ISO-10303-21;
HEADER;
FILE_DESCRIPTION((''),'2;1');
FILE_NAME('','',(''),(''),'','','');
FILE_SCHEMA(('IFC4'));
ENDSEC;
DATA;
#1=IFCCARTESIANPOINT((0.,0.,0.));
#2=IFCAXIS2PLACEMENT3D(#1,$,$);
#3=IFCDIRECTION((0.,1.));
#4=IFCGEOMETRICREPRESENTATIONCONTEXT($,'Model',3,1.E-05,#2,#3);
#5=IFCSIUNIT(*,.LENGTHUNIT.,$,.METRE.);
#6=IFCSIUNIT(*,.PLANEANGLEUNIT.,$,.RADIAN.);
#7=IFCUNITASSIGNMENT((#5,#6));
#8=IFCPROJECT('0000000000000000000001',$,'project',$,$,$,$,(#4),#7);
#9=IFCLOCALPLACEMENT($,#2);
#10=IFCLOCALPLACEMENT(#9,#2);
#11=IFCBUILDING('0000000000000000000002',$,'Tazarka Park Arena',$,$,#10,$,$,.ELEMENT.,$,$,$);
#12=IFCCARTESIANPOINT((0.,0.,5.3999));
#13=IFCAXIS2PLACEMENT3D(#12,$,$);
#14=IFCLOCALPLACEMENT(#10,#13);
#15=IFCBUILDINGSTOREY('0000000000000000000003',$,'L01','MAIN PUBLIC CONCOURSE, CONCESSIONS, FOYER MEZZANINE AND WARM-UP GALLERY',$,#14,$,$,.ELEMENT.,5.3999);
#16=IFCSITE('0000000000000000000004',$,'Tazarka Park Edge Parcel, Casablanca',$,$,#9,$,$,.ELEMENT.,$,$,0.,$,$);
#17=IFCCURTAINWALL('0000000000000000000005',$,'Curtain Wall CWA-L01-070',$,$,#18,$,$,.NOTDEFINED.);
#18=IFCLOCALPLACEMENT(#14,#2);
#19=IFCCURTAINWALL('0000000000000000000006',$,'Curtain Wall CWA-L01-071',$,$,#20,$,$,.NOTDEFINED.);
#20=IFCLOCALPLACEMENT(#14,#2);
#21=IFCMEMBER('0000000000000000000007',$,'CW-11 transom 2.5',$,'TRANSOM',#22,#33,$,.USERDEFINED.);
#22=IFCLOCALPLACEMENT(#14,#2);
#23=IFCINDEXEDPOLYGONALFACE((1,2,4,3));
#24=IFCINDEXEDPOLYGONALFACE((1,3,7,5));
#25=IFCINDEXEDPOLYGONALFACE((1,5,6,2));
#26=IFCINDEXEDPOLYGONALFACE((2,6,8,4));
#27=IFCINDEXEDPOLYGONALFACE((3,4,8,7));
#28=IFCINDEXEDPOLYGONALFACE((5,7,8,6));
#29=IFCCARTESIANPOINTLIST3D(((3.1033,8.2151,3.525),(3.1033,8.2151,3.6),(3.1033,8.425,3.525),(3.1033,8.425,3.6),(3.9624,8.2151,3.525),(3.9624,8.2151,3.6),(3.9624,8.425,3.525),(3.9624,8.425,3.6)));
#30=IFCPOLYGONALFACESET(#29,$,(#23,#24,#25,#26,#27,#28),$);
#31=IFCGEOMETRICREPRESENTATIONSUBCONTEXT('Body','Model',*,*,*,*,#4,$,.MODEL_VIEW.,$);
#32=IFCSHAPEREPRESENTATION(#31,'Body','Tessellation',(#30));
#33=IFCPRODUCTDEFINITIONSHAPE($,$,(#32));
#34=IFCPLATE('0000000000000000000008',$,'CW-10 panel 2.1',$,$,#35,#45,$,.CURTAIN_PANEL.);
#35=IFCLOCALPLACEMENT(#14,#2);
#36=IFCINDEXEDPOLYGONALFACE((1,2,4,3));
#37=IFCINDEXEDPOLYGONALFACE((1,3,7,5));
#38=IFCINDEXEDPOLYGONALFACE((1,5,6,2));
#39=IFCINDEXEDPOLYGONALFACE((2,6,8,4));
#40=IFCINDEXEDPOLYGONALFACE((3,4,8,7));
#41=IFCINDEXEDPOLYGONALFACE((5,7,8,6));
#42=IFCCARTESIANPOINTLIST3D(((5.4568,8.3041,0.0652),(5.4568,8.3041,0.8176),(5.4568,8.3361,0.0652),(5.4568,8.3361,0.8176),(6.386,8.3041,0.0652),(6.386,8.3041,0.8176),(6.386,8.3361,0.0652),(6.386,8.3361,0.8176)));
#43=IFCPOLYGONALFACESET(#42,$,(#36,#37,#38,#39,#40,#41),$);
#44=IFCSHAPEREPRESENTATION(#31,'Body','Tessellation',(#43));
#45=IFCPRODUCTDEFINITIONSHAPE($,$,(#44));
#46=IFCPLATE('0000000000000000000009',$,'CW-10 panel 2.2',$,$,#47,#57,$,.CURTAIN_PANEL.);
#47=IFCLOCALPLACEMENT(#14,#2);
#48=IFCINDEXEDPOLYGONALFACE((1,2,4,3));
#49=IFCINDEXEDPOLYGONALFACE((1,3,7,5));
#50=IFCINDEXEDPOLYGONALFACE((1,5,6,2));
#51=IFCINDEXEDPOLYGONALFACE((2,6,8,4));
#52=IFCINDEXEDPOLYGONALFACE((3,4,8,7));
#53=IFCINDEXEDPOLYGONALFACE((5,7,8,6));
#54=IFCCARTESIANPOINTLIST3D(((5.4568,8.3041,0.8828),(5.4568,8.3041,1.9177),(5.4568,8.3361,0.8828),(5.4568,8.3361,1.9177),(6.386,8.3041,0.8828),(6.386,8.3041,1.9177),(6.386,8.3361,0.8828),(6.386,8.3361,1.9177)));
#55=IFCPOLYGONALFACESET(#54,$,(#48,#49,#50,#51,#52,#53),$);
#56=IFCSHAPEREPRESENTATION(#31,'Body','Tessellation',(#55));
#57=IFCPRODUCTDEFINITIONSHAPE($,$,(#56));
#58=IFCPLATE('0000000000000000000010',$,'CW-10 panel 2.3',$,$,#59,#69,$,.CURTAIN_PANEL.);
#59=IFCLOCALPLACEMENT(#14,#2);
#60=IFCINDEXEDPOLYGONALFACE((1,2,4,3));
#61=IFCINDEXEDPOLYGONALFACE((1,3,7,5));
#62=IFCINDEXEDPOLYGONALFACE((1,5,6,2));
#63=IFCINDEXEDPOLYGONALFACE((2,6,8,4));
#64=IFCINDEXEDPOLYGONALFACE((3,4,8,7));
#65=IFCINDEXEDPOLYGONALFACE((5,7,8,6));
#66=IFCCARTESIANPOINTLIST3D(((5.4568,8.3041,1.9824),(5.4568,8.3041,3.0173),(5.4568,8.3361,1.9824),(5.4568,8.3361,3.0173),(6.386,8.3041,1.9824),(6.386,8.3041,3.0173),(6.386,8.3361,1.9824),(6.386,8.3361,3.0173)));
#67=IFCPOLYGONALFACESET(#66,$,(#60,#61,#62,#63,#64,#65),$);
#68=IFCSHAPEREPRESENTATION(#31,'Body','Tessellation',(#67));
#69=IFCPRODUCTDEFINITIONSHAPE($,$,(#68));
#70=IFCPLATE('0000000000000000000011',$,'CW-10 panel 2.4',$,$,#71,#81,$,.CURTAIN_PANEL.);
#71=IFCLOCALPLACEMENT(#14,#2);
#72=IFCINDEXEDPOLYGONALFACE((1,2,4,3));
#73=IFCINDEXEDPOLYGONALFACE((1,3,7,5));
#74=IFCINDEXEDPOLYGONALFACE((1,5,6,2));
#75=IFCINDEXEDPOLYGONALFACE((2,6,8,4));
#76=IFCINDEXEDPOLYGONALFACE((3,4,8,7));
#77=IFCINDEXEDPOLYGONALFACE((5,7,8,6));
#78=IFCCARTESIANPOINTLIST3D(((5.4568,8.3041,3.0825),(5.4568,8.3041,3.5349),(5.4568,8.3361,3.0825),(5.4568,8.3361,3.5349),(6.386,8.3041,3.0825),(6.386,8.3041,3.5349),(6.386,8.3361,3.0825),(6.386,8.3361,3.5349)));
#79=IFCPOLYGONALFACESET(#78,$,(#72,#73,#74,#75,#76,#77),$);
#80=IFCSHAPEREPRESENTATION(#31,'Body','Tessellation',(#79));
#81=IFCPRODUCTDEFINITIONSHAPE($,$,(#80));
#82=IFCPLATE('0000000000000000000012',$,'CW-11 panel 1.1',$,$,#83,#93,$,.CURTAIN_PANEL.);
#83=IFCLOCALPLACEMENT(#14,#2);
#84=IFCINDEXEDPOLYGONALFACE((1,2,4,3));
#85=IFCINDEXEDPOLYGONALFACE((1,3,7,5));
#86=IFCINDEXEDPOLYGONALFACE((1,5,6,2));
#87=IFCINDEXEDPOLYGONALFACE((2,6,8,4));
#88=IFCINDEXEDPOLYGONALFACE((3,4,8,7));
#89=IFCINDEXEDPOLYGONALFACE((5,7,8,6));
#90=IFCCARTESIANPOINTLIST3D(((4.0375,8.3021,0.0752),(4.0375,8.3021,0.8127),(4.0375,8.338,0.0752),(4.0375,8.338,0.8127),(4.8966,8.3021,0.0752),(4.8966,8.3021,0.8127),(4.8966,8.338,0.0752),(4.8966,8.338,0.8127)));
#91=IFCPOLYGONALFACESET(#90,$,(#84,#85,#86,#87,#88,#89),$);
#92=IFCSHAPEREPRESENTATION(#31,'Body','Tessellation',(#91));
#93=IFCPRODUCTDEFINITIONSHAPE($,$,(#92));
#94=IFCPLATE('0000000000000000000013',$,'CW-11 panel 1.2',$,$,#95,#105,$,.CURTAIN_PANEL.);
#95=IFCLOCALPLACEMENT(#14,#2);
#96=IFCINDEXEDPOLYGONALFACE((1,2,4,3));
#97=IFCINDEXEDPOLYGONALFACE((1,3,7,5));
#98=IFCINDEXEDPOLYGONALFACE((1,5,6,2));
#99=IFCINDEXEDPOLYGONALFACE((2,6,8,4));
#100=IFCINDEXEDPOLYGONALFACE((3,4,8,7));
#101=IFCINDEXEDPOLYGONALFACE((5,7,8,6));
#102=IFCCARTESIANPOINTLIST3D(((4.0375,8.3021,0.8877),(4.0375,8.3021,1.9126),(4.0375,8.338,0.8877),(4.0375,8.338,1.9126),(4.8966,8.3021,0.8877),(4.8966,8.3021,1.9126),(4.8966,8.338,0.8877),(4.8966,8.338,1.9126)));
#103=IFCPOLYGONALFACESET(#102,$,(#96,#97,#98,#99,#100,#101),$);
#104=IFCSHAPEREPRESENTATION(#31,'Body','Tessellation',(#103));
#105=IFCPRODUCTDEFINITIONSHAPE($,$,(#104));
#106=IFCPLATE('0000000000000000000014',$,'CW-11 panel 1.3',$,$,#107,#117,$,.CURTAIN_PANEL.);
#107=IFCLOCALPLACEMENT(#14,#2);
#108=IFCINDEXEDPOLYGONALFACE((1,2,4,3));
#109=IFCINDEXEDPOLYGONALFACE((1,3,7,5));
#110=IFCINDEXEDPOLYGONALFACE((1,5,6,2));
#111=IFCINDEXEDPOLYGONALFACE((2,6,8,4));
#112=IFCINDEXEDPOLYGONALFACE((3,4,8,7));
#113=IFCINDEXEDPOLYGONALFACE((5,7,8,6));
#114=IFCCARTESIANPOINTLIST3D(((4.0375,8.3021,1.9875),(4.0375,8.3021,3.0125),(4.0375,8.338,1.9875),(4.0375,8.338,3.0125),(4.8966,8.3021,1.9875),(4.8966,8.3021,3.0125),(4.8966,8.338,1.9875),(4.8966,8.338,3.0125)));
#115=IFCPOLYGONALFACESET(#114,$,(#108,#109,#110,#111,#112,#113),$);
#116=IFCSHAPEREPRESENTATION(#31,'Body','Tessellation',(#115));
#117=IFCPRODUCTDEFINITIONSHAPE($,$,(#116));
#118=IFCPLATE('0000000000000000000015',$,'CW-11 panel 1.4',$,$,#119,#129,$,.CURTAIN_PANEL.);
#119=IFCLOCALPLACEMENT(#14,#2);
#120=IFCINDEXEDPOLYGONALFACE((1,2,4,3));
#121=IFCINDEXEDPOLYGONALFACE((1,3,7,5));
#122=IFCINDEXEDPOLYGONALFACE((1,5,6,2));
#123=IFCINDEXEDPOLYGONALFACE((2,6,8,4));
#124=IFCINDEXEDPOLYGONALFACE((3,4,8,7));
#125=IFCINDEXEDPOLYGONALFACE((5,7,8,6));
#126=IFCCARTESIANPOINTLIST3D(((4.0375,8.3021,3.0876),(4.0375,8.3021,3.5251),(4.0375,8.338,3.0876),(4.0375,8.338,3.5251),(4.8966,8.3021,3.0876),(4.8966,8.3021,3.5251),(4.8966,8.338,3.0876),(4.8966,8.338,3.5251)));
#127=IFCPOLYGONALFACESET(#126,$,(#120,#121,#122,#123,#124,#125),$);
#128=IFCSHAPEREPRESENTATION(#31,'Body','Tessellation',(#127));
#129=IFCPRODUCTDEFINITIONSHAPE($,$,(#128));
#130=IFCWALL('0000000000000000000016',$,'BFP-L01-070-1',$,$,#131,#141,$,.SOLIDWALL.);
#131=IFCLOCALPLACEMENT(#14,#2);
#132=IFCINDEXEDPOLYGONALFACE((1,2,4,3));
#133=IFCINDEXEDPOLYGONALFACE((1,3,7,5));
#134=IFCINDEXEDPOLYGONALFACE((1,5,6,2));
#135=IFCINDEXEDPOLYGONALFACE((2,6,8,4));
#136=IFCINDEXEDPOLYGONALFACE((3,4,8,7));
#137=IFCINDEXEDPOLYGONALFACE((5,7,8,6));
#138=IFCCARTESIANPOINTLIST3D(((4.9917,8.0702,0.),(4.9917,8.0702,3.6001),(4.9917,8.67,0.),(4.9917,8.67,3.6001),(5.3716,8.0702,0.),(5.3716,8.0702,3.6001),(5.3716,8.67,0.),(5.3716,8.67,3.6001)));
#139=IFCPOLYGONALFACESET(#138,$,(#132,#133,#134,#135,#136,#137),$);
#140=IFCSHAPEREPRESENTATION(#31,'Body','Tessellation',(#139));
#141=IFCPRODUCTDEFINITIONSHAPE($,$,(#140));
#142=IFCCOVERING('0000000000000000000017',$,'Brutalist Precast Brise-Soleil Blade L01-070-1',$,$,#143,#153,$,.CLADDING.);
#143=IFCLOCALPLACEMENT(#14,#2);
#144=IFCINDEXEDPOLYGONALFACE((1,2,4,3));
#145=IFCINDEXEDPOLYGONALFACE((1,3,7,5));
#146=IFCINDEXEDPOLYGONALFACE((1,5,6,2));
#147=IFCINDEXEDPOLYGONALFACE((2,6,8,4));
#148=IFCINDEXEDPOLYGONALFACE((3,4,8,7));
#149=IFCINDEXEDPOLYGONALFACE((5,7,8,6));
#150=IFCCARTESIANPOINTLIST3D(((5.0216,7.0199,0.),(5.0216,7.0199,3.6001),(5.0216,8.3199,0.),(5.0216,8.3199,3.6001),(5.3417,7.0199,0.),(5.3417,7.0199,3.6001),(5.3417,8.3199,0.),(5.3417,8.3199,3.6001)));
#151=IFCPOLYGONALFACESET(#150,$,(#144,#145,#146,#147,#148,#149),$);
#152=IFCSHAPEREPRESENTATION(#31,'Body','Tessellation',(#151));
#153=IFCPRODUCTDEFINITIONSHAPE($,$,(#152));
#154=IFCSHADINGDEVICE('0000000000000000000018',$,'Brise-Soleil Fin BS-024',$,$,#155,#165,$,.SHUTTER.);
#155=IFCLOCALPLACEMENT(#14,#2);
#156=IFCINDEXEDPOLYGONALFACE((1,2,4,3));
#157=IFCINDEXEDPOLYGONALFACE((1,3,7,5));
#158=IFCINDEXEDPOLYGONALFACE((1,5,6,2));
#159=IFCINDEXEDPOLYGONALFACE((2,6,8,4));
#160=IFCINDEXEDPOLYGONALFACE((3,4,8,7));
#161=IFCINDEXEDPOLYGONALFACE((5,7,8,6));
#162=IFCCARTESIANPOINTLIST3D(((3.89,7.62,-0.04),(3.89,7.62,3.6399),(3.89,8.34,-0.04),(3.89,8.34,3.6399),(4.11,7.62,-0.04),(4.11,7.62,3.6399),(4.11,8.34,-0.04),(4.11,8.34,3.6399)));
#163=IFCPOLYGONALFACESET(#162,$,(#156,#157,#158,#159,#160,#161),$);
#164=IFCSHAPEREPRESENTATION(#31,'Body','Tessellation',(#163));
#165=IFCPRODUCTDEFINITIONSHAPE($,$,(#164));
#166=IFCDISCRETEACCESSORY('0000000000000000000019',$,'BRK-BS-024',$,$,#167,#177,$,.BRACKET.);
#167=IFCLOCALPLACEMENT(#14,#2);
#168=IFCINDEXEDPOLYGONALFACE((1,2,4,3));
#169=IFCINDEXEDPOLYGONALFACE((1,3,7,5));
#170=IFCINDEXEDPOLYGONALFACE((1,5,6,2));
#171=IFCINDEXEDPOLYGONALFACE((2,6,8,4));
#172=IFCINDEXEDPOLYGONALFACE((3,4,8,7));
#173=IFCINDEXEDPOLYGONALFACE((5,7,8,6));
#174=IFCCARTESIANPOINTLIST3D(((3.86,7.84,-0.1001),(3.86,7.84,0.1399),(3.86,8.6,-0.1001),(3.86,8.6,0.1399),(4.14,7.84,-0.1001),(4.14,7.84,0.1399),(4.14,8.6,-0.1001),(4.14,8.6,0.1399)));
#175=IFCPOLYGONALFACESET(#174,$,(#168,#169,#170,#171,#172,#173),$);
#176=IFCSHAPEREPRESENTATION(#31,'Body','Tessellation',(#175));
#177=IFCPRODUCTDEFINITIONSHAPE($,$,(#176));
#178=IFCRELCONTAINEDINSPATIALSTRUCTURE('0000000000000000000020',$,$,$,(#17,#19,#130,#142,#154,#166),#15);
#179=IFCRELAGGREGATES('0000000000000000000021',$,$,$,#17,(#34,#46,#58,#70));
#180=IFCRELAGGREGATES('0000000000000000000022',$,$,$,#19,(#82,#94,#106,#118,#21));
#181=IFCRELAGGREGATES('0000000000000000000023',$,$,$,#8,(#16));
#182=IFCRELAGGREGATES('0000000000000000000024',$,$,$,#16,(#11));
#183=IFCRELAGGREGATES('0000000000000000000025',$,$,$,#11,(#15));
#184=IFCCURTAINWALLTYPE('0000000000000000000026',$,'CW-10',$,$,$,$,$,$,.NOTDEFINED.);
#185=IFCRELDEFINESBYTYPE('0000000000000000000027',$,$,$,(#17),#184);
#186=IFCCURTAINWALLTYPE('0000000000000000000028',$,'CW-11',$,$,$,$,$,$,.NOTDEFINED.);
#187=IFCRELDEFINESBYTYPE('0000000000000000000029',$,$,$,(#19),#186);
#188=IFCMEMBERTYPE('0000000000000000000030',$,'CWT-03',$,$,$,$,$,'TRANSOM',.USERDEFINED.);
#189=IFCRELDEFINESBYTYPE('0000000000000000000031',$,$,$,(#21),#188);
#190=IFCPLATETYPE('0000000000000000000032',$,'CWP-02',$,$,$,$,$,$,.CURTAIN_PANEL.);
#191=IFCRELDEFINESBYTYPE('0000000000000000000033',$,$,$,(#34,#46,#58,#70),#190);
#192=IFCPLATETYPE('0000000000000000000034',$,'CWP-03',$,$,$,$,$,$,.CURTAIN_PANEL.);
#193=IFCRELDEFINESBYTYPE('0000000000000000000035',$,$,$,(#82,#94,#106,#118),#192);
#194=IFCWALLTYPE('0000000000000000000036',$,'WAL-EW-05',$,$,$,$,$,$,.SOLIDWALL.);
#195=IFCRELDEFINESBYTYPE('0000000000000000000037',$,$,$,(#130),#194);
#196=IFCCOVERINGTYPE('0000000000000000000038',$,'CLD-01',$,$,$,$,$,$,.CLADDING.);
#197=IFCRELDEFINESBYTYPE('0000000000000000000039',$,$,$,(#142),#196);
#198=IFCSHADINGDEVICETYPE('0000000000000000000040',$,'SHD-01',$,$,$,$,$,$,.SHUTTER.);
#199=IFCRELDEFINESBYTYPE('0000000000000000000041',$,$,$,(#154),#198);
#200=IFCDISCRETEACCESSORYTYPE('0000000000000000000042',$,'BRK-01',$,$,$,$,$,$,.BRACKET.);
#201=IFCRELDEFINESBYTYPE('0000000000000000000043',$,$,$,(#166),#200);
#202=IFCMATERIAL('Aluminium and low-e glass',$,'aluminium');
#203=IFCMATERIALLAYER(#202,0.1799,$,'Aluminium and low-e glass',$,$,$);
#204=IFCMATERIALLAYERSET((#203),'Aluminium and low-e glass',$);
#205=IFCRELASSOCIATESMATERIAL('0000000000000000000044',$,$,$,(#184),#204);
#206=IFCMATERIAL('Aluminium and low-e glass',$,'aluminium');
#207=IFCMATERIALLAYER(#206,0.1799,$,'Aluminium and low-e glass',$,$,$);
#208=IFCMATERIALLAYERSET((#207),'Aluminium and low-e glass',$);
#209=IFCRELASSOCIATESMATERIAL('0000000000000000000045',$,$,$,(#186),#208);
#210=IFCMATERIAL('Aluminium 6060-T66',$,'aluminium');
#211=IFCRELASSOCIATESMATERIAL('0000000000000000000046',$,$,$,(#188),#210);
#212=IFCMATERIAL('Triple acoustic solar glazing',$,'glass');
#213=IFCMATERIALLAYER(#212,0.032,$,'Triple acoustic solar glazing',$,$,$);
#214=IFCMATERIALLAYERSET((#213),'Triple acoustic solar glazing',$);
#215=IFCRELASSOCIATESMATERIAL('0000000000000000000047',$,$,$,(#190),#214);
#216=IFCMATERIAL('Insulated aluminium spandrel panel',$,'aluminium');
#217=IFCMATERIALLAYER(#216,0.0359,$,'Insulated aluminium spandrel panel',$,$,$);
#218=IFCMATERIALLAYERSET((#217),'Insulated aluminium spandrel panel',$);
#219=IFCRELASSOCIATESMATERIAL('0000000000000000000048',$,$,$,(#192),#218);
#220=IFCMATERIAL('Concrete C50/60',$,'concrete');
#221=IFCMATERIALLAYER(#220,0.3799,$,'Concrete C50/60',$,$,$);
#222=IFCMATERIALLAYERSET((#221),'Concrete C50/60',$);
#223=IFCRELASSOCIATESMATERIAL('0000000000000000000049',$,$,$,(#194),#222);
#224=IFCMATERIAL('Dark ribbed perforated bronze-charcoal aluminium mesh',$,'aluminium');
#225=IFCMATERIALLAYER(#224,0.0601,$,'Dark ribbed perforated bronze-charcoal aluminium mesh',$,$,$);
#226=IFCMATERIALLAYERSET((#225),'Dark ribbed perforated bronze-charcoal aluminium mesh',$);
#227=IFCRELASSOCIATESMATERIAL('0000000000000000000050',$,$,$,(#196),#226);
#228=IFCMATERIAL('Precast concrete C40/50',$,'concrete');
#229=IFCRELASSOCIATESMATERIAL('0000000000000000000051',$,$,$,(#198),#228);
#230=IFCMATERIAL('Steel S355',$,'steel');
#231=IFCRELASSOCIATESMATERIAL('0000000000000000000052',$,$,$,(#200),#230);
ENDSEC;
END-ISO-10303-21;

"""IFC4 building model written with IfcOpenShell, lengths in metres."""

from ifc_helpers import new_model, si_unit, direction, frame, frame_2d, origin, origin_2d, place, context, subcontext, project, spatial, rectangle, extrude, material, layer, layer_set, material_profile, profile_set, type_object, element, aggregate, save


model = new_model("IFC4")

# Units and contexts
model_context = context("Model", 3, precision=1e-05, world=origin(), true_north=direction((0.0, 1.0)))
body_context = subcontext(model_context, "Body", "Model", "MODEL_VIEW")
ifc_project = project(units=[si_unit("LENGTHUNIT", "METRE"), si_unit("PLANEANGLEUNIT", "RADIAN")], contexts=[model_context])

# Site, building, storey
site_placement = place(None, origin())
site = spatial("IfcSite", under=ifc_project, at=site_placement, Name="Tazarka Park Edge Parcel, Casablanca", CompositionType="ELEMENT", RefElevation=0.0)
building_placement = place(site_placement, origin())
building = spatial("IfcBuilding", under=site, at=building_placement, Name="Tazarka Park Arena", CompositionType="ELEMENT")
storey_placement = place(building_placement, frame((0.0, 0.0, 5.3999)))
storey = spatial("IfcBuildingStorey", under=building, at=storey_placement, Name="L01", Description="MAIN PUBLIC CONCOURSE, CONCESSIONS, FOYER MEZZANINE AND WARM-UP GALLERY", CompositionType="ELEMENT", Elevation=5.3999)

# Curtain wall
ifc_material_1 = material(Name="Aluminium and low-e glass", Category="aluminium")
ifc_layer_1 = layer(ifc_material_1, 0.1799, Name="Aluminium and low-e glass")
ifc_layer_set_1 = layer_set([ifc_layer_1], Name="Aluminium and low-e glass")
curtain_wall_type_1 = type_object("IfcCurtainWallType", Name="CW-10", PredefinedType="NOTDEFINED", material=ifc_layer_set_1)
curtain_wall_1_placement = place(storey_placement, origin())
curtain_wall_1 = element("IfcCurtainWall", 1, at=curtain_wall_1_placement, inside=storey, type_object=curtain_wall_type_1, Name="Curtain Wall CWA-L01-070", PredefinedType="NOTDEFINED")

# Curtain wall
ifc_material_2 = material(Name="Aluminium and low-e glass", Category="aluminium")
ifc_layer_2 = layer(ifc_material_2, 0.1799, Name="Aluminium and low-e glass")
ifc_layer_set_2 = layer_set([ifc_layer_2], Name="Aluminium and low-e glass")
curtain_wall_type_2 = type_object("IfcCurtainWallType", Name="CW-11", PredefinedType="NOTDEFINED", material=ifc_layer_set_2)
curtain_wall_2_placement = place(storey_placement, origin())
curtain_wall_2 = element("IfcCurtainWall", 2, at=curtain_wall_2_placement, inside=storey, type_object=curtain_wall_type_2, Name="Curtain Wall CWA-L01-071", PredefinedType="NOTDEFINED")

# Member
ifc_material_3 = material(Name="Aluminium 6060-T66", Category="aluminium")
ifc_material_profile_1 = material_profile(ifc_material_3, rectangle(XDim=0.21, YDim=0.075, at=origin_2d()), Name="Aluminium 6060-T66")
ifc_profile_set_1 = profile_set([ifc_material_profile_1], Name="Aluminium 6060-T66")
member_type_1 = type_object("IfcMemberType", Name="CWT-03", ElementType="TRANSOM", PredefinedType="USERDEFINED", material=ifc_profile_set_1)
member_1_placement = place(storey_placement, frame((3.9624, 8.3201, 3.5625), z_axis=(-1.0, 0.0, 0.0), x_axis=(0.0, -1.0, 0.0)))
member_1 = element("IfcMember", 3, at=member_1_placement, type_object=member_type_1, Name="CW-11 transom 2.5", ObjectType="TRANSOM", PredefinedType="USERDEFINED", context=body_context, shape_type="SweptSolid", body=[
    extrude(rectangle(XDim=0.21, YDim=0.075, at=origin_2d()), origin(), (0.0, 0.0, 1.0), 0.8591),
])

# Plates
ifc_material_4 = material(Name="Triple acoustic solar glazing", Category="glass")
ifc_layer_3 = layer(ifc_material_4, 0.032, Name="Triple acoustic solar glazing")
ifc_layer_set_3 = layer_set([ifc_layer_3], Name="Triple acoustic solar glazing")
plate_type_1 = type_object("IfcPlateType", Name="CWP-02", PredefinedType="CURTAIN_PANEL", material=ifc_layer_set_3)
plate_1_placement = place(storey_placement, frame((5.9214, 8.3201, 0.0652), z_axis=(0.0, 0.0, 1.0), x_axis=(-1.0, 0.0, 0.0)))
plate_1 = element("IfcPlate", 4, at=plate_1_placement, type_object=plate_type_1, Name="CW-10 panel 2.1", PredefinedType="CURTAIN_PANEL", context=body_context, shape_type="SweptSolid", body=[
    extrude(rectangle(XDim=0.9292, YDim=0.032, at=origin_2d()), origin(), (0.0, 0.0, 1.0), 0.7524),
])
plate_2_placement = place(storey_placement, frame((5.9214, 8.3201, 0.8828), z_axis=(0.0, 0.0, 1.0), x_axis=(-1.0, 0.0, 0.0)))
plate_2 = element("IfcPlate", 5, at=plate_2_placement, type_object=plate_type_1, Name="CW-10 panel 2.2", PredefinedType="CURTAIN_PANEL", context=body_context, shape_type="SweptSolid", body=[
    extrude(rectangle(XDim=0.9292, YDim=0.032, at=origin_2d()), origin(), (0.0, 0.0, 1.0), 1.0349),
])
plate_3_placement = place(storey_placement, frame((5.9214, 8.3201, 1.9824), z_axis=(0.0, 0.0, 1.0), x_axis=(-1.0, 0.0, 0.0)))
plate_3 = element("IfcPlate", 6, at=plate_3_placement, type_object=plate_type_1, Name="CW-10 panel 2.3", PredefinedType="CURTAIN_PANEL", context=body_context, shape_type="SweptSolid", body=[
    extrude(rectangle(XDim=0.9292, YDim=0.032, at=origin_2d()), origin(), (0.0, 0.0, 1.0), 1.0349),
])
plate_4_placement = place(storey_placement, frame((5.9214, 8.3201, 3.0825), z_axis=(0.0, 0.0, 1.0), x_axis=(-1.0, 0.0, 0.0)))
plate_4 = element("IfcPlate", 7, at=plate_4_placement, type_object=plate_type_1, Name="CW-10 panel 2.4", PredefinedType="CURTAIN_PANEL", context=body_context, shape_type="SweptSolid", body=[
    extrude(rectangle(XDim=0.9292, YDim=0.032, at=origin_2d()), origin(), (0.0, 0.0, 1.0), 0.4524),
])
aggregate(curtain_wall_1, [plate_1, plate_2, plate_3, plate_4])
ifc_material_5 = material(Name="Insulated aluminium spandrel panel", Category="aluminium")
ifc_layer_4 = layer(ifc_material_5, 0.0359, Name="Insulated aluminium spandrel panel")
ifc_layer_set_4 = layer_set([ifc_layer_4], Name="Insulated aluminium spandrel panel")
plate_type_2 = type_object("IfcPlateType", Name="CWP-03", PredefinedType="CURTAIN_PANEL", material=ifc_layer_set_4)
plate_5_placement = place(storey_placement, frame((4.467, 8.3201, 0.0752), z_axis=(0.0, 0.0, 1.0), x_axis=(-1.0, 0.0, 0.0)))
plate_5 = element("IfcPlate", 8, at=plate_5_placement, type_object=plate_type_2, Name="CW-11 panel 1.1", PredefinedType="CURTAIN_PANEL", context=body_context, shape_type="SweptSolid", body=[
    extrude(rectangle(XDim=0.8591, YDim=0.0359, at=origin_2d()), origin(), (0.0, 0.0, 1.0), 0.7375),
])
plate_6_placement = place(storey_placement, frame((4.467, 8.3201, 0.8877), z_axis=(0.0, 0.0, 1.0), x_axis=(-1.0, 0.0, 0.0)))
plate_6 = element("IfcPlate", 9, at=plate_6_placement, type_object=plate_type_2, Name="CW-11 panel 1.2", PredefinedType="CURTAIN_PANEL", context=body_context, shape_type="SweptSolid", body=[
    extrude(rectangle(XDim=0.8591, YDim=0.0359, at=origin_2d()), origin(), (0.0, 0.0, 1.0), 1.0249),
])
plate_7_placement = place(storey_placement, frame((4.467, 8.3201, 1.9875), z_axis=(0.0, 0.0, 1.0), x_axis=(-1.0, 0.0, 0.0)))
plate_7 = element("IfcPlate", 10, at=plate_7_placement, type_object=plate_type_2, Name="CW-11 panel 1.3", PredefinedType="CURTAIN_PANEL", context=body_context, shape_type="SweptSolid", body=[
    extrude(rectangle(XDim=0.8591, YDim=0.0359, at=origin_2d()), origin(), (0.0, 0.0, 1.0), 1.0249),
])
plate_8_placement = place(storey_placement, frame((4.467, 8.3201, 3.0876), z_axis=(0.0, 0.0, 1.0), x_axis=(-1.0, 0.0, 0.0)))
plate_8 = element("IfcPlate", 11, at=plate_8_placement, type_object=plate_type_2, Name="CW-11 panel 1.4", PredefinedType="CURTAIN_PANEL", context=body_context, shape_type="SweptSolid", body=[
    extrude(rectangle(XDim=0.8591, YDim=0.0359, at=origin_2d()), origin(), (0.0, 0.0, 1.0), 0.4375),
])
aggregate(curtain_wall_2, [plate_5, plate_6, plate_7, plate_8, member_1])

# Wall
ifc_material_6 = material(Name="Concrete C50/60", Category="concrete")
ifc_layer_5 = layer(ifc_material_6, 0.3799, Name="Concrete C50/60")
ifc_layer_set_5 = layer_set([ifc_layer_5], Name="Concrete C50/60")
wall_type = type_object("IfcWallType", Name="WAL-EW-05", PredefinedType="SOLIDWALL", material=ifc_layer_set_5)
wall_placement = place(storey_placement, frame((5.1816, 8.6699, 0.0), z_axis=(0.0, 0.0, 1.0), x_axis=(0.0, -1.0, 0.0)))
element("IfcWall", 12, at=wall_placement, inside=storey, type_object=wall_type, Name="BFP-L01-070-1", PredefinedType="SOLIDWALL", context=body_context, shape_type="SweptSolid", body=[
    extrude(rectangle(XDim=0.5999, YDim=0.3799, at=frame_2d((0.2998, 0.0))), origin(), (0.0, 0.0, 1.0), 3.6001),
])

# Covering
ifc_material_7 = material(Name="Dark ribbed perforated bronze-charcoal aluminium mesh", Category="aluminium")
ifc_layer_6 = layer(ifc_material_7, 0.0601, Name="Dark ribbed perforated bronze-charcoal aluminium mesh")
ifc_layer_set_6 = layer_set([ifc_layer_6], Name="Dark ribbed perforated bronze-charcoal aluminium mesh")
covering_type = type_object("IfcCoveringType", Name="CLD-01", PredefinedType="CLADDING", material=ifc_layer_set_6)
covering_placement = place(storey_placement, frame((5.1816, 7.6699, 0.0), z_axis=(0.0, 0.0, 1.0), x_axis=(-1.0, 0.0, 0.0)))
element("IfcCovering", 13, at=covering_placement, inside=storey, type_object=covering_type, Name="Brutalist Precast Brise-Soleil Blade L01-070-1", PredefinedType="CLADDING", context=body_context, shape_type="SweptSolid", body=[
    extrude(rectangle(XDim=0.3201, YDim=1.3, at=origin_2d()), origin(), (0.0, 0.0, 1.0), 3.6001),
])

# Shading device
ifc_material_8 = material(Name="Precast concrete C40/50", Category="concrete")
shading_device_type = type_object("IfcShadingDeviceType", Name="SHD-01", PredefinedType="SHUTTER", material=ifc_material_8)
shading_device_placement = place(storey_placement, frame((4.0, 7.98, -0.04), z_axis=(0.0, 0.0, 1.0), x_axis=(-1.0, 0.0, 0.0)))
element("IfcShadingDevice", 14, at=shading_device_placement, inside=storey, type_object=shading_device_type, Name="Brise-Soleil Fin BS-024", PredefinedType="SHUTTER", context=body_context, shape_type="SweptSolid", body=[
    extrude(rectangle(XDim=0.22, YDim=0.72, at=origin_2d()), origin(), (0.0, 0.0, 1.0), 3.6799),
])

# Discrete accessory
ifc_material_9 = material(Name="Steel S355", Category="steel")
discrete_accessory_type = type_object("IfcDiscreteAccessoryType", Name="BRK-01", PredefinedType="BRACKET", material=ifc_material_9)
discrete_accessory_placement = place(storey_placement, frame((4.0, 8.22, -0.1001), z_axis=(0.0, 0.0, 1.0), x_axis=(-1.0, 0.0, 0.0)))
element("IfcDiscreteAccessory", 15, at=discrete_accessory_placement, inside=storey, type_object=discrete_accessory_type, Name="BRK-BS-024", PredefinedType="BRACKET", context=body_context, shape_type="SweptSolid", body=[
    extrude(rectangle(XDim=0.28, YDim=0.76, at=origin_2d()), origin(), (0.0, 0.0, 1.0), 0.24),
])

save(model, "model.ifc")
